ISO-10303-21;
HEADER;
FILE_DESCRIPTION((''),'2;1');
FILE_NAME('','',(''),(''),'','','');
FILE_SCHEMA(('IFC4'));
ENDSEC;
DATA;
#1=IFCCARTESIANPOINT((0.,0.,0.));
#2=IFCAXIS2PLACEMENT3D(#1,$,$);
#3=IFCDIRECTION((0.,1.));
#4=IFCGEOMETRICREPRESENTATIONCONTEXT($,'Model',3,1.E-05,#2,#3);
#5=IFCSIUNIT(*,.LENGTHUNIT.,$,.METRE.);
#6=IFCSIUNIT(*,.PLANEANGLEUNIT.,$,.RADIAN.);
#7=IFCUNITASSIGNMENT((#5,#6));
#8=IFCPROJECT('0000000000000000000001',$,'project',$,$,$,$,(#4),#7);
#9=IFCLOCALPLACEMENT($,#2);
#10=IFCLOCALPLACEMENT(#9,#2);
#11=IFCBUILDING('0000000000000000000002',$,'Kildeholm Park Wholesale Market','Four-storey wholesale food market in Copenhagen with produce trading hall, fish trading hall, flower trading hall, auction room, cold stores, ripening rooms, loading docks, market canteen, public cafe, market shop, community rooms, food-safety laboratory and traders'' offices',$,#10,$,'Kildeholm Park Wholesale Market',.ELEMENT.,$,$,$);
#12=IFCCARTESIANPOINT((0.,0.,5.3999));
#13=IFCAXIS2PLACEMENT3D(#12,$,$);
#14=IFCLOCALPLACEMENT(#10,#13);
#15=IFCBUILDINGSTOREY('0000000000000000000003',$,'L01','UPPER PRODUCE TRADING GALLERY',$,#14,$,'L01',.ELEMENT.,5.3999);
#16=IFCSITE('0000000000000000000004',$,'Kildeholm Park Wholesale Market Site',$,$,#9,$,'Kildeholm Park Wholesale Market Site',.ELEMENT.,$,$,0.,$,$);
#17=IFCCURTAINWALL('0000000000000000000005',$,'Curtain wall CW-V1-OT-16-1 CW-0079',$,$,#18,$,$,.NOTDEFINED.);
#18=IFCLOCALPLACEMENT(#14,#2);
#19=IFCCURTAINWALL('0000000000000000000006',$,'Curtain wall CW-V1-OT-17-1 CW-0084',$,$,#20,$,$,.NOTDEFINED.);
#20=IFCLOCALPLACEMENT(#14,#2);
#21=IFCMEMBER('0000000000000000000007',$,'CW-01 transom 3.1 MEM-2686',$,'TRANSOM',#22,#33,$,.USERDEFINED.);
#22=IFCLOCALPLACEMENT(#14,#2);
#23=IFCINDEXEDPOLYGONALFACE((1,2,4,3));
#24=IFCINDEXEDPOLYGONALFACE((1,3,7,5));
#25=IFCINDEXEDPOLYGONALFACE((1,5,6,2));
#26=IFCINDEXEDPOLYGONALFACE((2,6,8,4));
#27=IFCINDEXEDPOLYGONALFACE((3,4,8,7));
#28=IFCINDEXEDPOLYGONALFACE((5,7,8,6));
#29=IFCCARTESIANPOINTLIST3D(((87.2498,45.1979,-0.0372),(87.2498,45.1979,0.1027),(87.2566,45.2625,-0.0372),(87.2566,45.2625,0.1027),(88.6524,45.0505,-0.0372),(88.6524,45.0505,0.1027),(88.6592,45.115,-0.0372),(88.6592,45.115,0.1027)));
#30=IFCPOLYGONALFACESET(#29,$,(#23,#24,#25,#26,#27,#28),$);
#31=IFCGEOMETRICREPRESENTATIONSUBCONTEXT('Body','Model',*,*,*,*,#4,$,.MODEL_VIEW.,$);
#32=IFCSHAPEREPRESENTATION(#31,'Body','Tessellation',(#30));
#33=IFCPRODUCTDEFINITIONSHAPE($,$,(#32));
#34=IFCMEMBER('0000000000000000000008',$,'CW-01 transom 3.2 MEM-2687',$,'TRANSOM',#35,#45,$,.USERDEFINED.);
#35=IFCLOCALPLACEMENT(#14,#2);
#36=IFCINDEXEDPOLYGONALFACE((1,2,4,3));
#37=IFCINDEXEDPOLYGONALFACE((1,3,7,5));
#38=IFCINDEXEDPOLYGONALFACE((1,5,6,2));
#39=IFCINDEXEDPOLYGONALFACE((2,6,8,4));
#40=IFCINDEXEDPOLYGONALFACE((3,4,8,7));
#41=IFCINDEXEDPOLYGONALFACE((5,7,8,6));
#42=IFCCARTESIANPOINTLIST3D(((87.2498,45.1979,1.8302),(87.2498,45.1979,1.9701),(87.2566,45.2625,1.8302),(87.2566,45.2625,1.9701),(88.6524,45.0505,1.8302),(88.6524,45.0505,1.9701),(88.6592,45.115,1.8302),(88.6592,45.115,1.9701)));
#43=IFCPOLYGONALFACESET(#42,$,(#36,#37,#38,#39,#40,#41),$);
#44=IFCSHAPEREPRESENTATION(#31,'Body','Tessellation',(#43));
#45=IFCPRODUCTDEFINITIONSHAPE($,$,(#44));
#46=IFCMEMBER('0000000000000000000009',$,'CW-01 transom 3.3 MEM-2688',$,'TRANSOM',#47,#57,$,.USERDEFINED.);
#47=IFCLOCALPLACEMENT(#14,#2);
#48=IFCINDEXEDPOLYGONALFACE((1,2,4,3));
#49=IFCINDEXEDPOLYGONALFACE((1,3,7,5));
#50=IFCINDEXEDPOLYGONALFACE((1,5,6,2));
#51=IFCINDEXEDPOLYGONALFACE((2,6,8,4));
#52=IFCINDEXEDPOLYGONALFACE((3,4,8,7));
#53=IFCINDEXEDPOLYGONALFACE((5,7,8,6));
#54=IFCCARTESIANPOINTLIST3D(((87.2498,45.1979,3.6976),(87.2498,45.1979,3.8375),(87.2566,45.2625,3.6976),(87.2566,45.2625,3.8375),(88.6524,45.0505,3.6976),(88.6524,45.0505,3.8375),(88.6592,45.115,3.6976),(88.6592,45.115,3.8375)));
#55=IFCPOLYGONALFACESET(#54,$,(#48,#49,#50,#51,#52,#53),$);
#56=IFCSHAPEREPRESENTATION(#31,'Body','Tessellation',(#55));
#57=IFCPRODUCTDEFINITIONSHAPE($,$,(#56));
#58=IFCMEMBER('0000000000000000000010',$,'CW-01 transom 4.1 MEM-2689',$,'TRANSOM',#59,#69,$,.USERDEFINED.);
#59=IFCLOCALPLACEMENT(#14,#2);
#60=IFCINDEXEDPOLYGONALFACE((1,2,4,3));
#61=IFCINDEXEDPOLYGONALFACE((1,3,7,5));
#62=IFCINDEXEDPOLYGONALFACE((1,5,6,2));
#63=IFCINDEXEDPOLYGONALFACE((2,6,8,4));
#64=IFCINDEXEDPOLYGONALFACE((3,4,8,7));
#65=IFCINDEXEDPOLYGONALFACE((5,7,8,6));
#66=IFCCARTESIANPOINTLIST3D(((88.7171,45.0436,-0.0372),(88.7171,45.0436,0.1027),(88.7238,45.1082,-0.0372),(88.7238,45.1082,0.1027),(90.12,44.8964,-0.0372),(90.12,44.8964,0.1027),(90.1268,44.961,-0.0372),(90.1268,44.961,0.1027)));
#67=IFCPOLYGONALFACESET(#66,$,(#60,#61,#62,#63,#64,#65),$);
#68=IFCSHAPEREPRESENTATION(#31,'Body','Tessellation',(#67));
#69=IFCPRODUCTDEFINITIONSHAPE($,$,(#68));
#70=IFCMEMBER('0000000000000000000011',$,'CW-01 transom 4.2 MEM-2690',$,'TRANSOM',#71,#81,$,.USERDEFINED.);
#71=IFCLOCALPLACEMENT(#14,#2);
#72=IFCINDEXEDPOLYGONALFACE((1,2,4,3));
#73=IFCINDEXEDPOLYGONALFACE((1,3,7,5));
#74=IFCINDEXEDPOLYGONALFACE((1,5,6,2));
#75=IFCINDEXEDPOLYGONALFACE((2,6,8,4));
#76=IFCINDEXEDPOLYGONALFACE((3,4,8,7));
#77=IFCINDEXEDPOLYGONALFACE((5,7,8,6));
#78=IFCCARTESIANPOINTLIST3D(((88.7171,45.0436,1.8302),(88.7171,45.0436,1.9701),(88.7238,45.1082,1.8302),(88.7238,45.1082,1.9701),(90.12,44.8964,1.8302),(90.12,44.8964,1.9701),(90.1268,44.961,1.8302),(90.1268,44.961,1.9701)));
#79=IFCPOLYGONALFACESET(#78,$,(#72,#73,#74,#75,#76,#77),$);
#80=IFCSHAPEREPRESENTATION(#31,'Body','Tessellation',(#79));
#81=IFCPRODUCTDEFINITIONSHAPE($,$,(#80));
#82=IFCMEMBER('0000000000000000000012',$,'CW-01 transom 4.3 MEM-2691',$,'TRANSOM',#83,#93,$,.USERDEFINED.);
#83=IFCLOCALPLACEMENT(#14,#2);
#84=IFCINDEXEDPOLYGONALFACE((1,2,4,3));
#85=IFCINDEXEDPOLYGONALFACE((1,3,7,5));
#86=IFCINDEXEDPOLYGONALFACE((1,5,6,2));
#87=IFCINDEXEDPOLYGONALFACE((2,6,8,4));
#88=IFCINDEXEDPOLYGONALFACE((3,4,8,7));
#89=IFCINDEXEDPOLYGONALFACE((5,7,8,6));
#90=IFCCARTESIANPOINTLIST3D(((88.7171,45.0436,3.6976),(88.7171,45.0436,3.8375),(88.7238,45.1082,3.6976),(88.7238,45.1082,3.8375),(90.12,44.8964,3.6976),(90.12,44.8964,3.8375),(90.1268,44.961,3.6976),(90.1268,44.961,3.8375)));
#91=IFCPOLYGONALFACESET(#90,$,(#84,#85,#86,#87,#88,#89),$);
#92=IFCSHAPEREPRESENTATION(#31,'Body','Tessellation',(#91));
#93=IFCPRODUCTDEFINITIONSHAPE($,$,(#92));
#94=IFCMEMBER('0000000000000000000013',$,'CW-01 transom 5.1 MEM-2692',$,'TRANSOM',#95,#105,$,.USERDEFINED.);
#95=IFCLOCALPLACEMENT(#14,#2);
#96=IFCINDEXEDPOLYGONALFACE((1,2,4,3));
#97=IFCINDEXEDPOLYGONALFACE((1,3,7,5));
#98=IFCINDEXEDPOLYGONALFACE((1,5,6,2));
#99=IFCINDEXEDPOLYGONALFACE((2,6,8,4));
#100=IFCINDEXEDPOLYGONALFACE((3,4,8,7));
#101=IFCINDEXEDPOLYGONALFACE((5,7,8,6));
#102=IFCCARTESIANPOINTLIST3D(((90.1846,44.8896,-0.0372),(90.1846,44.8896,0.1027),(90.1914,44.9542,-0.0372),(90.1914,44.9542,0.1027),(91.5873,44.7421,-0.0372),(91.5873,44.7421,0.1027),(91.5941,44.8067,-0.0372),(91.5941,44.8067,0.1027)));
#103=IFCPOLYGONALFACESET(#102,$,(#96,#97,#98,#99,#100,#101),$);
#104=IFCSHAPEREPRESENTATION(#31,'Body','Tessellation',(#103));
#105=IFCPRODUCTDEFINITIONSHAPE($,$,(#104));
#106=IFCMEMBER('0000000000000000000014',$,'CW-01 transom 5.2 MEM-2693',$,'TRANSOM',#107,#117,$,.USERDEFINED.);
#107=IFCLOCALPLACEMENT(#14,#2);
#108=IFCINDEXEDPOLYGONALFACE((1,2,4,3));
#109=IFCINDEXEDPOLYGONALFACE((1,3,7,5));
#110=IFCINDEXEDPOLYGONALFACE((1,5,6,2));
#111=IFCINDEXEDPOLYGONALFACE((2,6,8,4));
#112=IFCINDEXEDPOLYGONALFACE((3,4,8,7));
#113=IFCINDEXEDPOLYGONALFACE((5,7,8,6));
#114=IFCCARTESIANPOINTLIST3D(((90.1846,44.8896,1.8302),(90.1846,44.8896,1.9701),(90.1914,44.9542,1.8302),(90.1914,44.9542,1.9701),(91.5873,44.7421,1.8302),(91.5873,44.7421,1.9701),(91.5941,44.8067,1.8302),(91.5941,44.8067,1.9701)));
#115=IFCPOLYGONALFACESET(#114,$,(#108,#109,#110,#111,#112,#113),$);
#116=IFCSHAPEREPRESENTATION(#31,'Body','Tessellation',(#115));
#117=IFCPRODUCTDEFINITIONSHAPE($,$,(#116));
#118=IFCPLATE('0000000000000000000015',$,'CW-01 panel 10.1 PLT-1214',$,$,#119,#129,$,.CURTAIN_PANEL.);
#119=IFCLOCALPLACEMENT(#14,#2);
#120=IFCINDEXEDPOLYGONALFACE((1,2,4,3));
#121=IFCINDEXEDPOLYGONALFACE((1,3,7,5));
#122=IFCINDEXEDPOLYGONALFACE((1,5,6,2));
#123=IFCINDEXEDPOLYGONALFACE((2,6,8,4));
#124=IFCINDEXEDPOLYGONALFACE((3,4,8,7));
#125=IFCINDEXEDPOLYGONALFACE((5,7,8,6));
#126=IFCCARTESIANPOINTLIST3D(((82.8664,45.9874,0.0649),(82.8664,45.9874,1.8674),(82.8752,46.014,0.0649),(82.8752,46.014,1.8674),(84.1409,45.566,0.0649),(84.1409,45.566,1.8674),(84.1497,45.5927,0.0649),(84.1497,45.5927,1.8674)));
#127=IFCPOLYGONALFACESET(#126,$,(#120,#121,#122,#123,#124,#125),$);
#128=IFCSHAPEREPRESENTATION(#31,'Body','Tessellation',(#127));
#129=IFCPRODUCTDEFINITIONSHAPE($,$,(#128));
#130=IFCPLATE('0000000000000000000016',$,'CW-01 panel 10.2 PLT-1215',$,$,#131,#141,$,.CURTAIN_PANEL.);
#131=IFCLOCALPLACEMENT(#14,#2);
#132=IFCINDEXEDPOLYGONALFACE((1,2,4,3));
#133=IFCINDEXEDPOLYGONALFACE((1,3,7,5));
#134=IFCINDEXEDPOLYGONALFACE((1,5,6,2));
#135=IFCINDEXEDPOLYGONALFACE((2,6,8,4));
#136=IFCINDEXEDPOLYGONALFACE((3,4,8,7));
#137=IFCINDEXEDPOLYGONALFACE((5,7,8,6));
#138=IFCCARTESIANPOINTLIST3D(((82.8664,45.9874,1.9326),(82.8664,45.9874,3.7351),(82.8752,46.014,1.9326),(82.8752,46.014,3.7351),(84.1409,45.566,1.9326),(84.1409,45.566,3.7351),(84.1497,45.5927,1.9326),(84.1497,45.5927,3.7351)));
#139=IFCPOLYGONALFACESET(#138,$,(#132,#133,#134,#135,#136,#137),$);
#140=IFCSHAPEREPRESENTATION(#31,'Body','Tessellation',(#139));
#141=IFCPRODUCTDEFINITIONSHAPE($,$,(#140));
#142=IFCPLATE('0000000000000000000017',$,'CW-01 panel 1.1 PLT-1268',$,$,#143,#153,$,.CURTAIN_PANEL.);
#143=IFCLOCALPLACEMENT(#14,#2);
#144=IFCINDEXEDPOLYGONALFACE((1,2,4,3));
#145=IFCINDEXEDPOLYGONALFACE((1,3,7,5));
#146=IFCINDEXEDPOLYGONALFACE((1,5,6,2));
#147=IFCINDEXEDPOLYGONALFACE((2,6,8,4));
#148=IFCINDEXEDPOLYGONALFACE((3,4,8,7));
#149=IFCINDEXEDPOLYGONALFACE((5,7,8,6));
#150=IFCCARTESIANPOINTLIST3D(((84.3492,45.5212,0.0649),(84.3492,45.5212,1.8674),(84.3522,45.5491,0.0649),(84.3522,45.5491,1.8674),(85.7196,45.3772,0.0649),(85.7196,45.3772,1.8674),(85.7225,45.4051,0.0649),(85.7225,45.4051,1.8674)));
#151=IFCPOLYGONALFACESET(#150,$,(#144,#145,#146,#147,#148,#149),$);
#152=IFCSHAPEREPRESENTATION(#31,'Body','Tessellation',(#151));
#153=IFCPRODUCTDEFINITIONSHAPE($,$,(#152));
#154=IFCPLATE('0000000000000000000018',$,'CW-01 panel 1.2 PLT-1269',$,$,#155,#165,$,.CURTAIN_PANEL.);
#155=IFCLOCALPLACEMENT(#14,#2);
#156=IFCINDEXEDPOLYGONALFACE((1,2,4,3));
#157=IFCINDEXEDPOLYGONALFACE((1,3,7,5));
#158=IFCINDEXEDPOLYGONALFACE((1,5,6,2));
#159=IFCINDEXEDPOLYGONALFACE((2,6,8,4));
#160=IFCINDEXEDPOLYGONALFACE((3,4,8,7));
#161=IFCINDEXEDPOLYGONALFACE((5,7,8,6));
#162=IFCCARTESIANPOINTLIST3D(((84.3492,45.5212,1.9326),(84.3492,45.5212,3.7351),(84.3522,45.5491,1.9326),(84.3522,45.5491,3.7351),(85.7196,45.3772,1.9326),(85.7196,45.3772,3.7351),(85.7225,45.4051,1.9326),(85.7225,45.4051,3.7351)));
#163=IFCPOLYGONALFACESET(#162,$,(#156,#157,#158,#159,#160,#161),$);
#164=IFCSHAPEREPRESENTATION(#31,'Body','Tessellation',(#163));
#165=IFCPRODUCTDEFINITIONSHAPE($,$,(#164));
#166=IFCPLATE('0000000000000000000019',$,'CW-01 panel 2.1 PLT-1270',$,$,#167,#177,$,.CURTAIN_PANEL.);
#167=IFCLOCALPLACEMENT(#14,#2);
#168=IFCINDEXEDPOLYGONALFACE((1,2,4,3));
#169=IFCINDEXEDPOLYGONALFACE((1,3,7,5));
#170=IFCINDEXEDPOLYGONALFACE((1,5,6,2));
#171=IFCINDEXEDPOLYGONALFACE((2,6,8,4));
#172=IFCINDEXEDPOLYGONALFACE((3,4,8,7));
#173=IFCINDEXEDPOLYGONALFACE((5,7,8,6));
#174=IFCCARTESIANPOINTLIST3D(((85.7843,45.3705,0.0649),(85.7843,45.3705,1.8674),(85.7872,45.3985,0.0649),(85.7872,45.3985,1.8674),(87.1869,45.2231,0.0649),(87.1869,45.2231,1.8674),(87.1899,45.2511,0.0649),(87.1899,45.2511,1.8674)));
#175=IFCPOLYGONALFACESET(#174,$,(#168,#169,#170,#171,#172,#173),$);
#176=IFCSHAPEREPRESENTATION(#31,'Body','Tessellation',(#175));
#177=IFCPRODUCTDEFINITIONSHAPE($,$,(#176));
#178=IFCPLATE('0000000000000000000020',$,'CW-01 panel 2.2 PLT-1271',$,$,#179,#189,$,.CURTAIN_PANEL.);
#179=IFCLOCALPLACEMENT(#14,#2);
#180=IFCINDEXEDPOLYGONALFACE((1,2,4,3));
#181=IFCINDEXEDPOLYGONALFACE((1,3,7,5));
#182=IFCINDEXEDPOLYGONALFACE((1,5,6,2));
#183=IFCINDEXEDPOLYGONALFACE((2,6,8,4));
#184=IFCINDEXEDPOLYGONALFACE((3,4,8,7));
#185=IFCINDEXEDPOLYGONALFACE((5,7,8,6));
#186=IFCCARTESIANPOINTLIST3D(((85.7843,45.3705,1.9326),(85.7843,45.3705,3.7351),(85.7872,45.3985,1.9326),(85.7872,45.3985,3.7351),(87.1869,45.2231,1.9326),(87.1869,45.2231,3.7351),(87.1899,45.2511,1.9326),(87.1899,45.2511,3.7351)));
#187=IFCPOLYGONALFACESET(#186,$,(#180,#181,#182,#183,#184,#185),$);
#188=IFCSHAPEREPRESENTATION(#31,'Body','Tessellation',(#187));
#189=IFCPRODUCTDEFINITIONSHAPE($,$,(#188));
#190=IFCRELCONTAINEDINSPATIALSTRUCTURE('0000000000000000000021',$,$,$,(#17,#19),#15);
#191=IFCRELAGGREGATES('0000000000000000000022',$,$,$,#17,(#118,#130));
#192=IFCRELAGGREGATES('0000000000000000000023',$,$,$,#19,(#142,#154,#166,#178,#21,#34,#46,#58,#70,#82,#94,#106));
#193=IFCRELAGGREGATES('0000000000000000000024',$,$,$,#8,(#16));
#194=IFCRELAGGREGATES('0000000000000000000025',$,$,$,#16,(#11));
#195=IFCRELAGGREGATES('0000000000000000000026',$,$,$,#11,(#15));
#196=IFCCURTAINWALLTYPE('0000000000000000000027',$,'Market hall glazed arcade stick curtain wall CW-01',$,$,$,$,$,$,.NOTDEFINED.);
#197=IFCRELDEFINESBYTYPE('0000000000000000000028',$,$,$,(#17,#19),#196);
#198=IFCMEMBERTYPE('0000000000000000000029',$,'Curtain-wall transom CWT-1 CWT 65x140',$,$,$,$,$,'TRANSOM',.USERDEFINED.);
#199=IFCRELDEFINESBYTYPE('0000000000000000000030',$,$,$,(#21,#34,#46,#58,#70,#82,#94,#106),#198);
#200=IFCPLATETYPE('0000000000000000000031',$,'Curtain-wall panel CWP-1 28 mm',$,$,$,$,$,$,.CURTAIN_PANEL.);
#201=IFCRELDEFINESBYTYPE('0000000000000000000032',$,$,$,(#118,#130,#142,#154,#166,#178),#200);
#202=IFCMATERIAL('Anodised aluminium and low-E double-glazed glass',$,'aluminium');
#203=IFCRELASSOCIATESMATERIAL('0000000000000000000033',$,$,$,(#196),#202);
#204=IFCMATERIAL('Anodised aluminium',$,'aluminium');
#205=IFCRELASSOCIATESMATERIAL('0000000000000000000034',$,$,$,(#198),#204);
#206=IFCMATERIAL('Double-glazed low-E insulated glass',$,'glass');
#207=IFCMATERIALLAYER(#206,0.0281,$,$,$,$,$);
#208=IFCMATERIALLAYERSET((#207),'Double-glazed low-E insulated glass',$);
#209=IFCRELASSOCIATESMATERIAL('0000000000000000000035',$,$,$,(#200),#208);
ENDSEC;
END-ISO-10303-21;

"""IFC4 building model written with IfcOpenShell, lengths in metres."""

from ifc_helpers import new_model, si_unit, direction, frame, origin, origin_2d, place, context, subcontext, project, spatial, rectangle, extrude, material, layer, layer_set, material_profile, profile_set, type_object, element, aggregate, save


model = new_model("IFC4")

# Units and contexts
model_context = context("Model", 3, precision=1e-05, world=origin(), true_north=direction((0.0, 1.0)))
body_context = subcontext(model_context, "Body", "Model", "MODEL_VIEW")
ifc_project = project(units=[si_unit("LENGTHUNIT", "METRE"), si_unit("PLANEANGLEUNIT", "RADIAN")], contexts=[model_context])

# Site, building, storey
site_placement = place(None, origin())
site = spatial("IfcSite", under=ifc_project, at=site_placement, Name="Kildeholm Park Wholesale Market Site", LongName="Kildeholm Park Wholesale Market Site", CompositionType="ELEMENT", RefElevation=0.0)
building_placement = place(site_placement, origin())
building = spatial("IfcBuilding", under=site, at=building_placement, Name="Kildeholm Park Wholesale Market", Description="Four-storey wholesale food market in Copenhagen with produce trading hall, fish trading hall, flower trading hall, auction room, cold stores, ripening rooms, loading docks, market canteen, public cafe, market shop, community rooms, food-safety laboratory and traders' offices", LongName="Kildeholm Park Wholesale Market", CompositionType="ELEMENT")
storey_placement = place(building_placement, frame((0.0, 0.0, 5.3999)))
storey = spatial("IfcBuildingStorey", under=building, at=storey_placement, Name="L01", Description="UPPER PRODUCE TRADING GALLERY", LongName="L01", CompositionType="ELEMENT", Elevation=5.3999)

# Curtain wall
ifc_material_1 = material(Name="Anodised aluminium and low-E double-glazed glass", Category="aluminium")
curtain_wall_type = type_object("IfcCurtainWallType", Name="Market hall glazed arcade stick curtain wall CW-01", PredefinedType="NOTDEFINED", material=ifc_material_1)
curtain_wall_1_placement = place(storey_placement, origin())
curtain_wall_1 = element("IfcCurtainWall", 1, at=curtain_wall_1_placement, inside=storey, type_object=curtain_wall_type, Name="Curtain wall CW-V1-OT-16-1 CW-0079", PredefinedType="NOTDEFINED")
ifc_material_2 = material(Name="Anodised aluminium", Category="aluminium")

# Curtain wall
curtain_wall_2_placement = place(storey_placement, origin())
curtain_wall_2 = element("IfcCurtainWall", 2, at=curtain_wall_2_placement, inside=storey, type_object=curtain_wall_type, Name="Curtain wall CW-V1-OT-17-1 CW-0084", PredefinedType="NOTDEFINED")

# Members
ifc_material_profile_1 = material_profile(ifc_material_2, rectangle(XDim=0.0649, YDim=0.1399, at=origin_2d()), Name="CWT 65x140")
ifc_profile_set_1 = profile_set([ifc_material_profile_1], Name="Anodised aluminium")
member_type_1 = type_object("IfcMemberType", Name="Curtain-wall transom CWT-1 CWT 65x140", ElementType="TRANSOM", PredefinedType="USERDEFINED", material=ifc_profile_set_1)
member_1_placement = place(storey_placement, frame((87.2532, 45.2302, 0.0327), z_axis=(0.994519, -0.104559, 0.0), x_axis=(0.104559, 0.994519, 0.0)))
member_1 = element("IfcMember", 3, at=member_1_placement, type_object=member_type_1, Name="CW-01 transom 3.1 MEM-2686", ObjectType="TRANSOM", PredefinedType="USERDEFINED", context=body_context, shape_type="SweptSolid", body=[
    extrude(rectangle(XDim=0.0649, YDim=0.1399, at=origin_2d()), origin(), (0.0, 0.0, 1.0), 1.4104),
])
member_2_placement = place(storey_placement, frame((87.2532, 45.2302, 1.9001), z_axis=(0.994519, -0.104559, 0.0), x_axis=(0.104559, 0.994519, 0.0)))
member_2 = element("IfcMember", 4, at=member_2_placement, type_object=member_type_1, Name="CW-01 transom 3.2 MEM-2687", ObjectType="TRANSOM", PredefinedType="USERDEFINED", context=body_context, shape_type="SweptSolid", body=[
    extrude(rectangle(XDim=0.0649, YDim=0.1399, at=origin_2d()), origin(), (0.0, 0.0, 1.0), 1.4104),
])
member_3_placement = place(storey_placement, frame((87.2532, 45.2302, 3.7676), z_axis=(0.994519, -0.104559, 0.0), x_axis=(0.104559, 0.994519, 0.0)))
member_3 = element("IfcMember", 5, at=member_3_placement, type_object=member_type_1, Name="CW-01 transom 3.3 MEM-2688", ObjectType="TRANSOM", PredefinedType="USERDEFINED", context=body_context, shape_type="SweptSolid", body=[
    extrude(rectangle(XDim=0.0649, YDim=0.1399, at=origin_2d()), origin(), (0.0, 0.0, 1.0), 1.4104),
])
member_4_placement = place(storey_placement, frame((88.7205, 45.0759, 0.0327), z_axis=(0.994539, -0.104369, 0.0), x_axis=(0.104369, 0.994539, 0.0)))
member_4 = element("IfcMember", 6, at=member_4_placement, type_object=member_type_1, Name="CW-01 transom 4.1 MEM-2689", ObjectType="TRANSOM", PredefinedType="USERDEFINED", context=body_context, shape_type="SweptSolid", body=[
    extrude(rectangle(XDim=0.0649, YDim=0.1399, at=origin_2d()), origin(), (0.0, 0.0, 1.0), 1.4106),
])
member_5_placement = place(storey_placement, frame((88.7205, 45.0759, 1.9001), z_axis=(0.994539, -0.104369, 0.0), x_axis=(0.104369, 0.994539, 0.0)))
member_5 = element("IfcMember", 7, at=member_5_placement, type_object=member_type_1, Name="CW-01 transom 4.2 MEM-2690", ObjectType="TRANSOM", PredefinedType="USERDEFINED", context=body_context, shape_type="SweptSolid", body=[
    extrude(rectangle(XDim=0.0649, YDim=0.1399, at=origin_2d()), origin(), (0.0, 0.0, 1.0), 1.4106),
])
member_6_placement = place(storey_placement, frame((88.7205, 45.0759, 3.7676), z_axis=(0.994539, -0.104369, 0.0), x_axis=(0.104369, 0.994539, 0.0)))
member_6 = element("IfcMember", 8, at=member_6_placement, type_object=member_type_1, Name="CW-01 transom 4.3 MEM-2691", ObjectType="TRANSOM", PredefinedType="USERDEFINED", context=body_context, shape_type="SweptSolid", body=[
    extrude(rectangle(XDim=0.0649, YDim=0.1399, at=origin_2d()), origin(), (0.0, 0.0, 1.0), 1.4106),
])
member_7_placement = place(storey_placement, frame((90.188, 44.9219, 0.0327), z_axis=(0.994519, -0.104559, 0.0), x_axis=(0.104559, 0.994519, 0.0)))
member_7 = element("IfcMember", 9, at=member_7_placement, type_object=member_type_1, Name="CW-01 transom 5.1 MEM-2692", ObjectType="TRANSOM", PredefinedType="USERDEFINED", context=body_context, shape_type="SweptSolid", body=[
    extrude(rectangle(XDim=0.0649, YDim=0.1399, at=origin_2d()), origin(), (0.0, 0.0, 1.0), 1.4104),
])
member_8_placement = place(storey_placement, frame((90.188, 44.9219, 1.9001), z_axis=(0.994519, -0.104559, 0.0), x_axis=(0.104559, 0.994519, 0.0)))
member_8 = element("IfcMember", 10, at=member_8_placement, type_object=member_type_1, Name="CW-01 transom 5.2 MEM-2693", ObjectType="TRANSOM", PredefinedType="USERDEFINED", context=body_context, shape_type="SweptSolid", body=[
    extrude(rectangle(XDim=0.0649, YDim=0.1399, at=origin_2d()), origin(), (0.0, 0.0, 1.0), 1.4104),
])

# Plates
ifc_material_3 = material(Name="Double-glazed low-E insulated glass", Category="glass")
ifc_layer = layer(ifc_material_3, 0.0281)
ifc_layer_set = layer_set([ifc_layer], Name="Double-glazed low-E insulated glass")
plate_type = type_object("IfcPlateType", Name="Curtain-wall panel CWP-1 28 mm", PredefinedType="CURTAIN_PANEL", material=ifc_layer_set)
plate_1_placement = place(storey_placement, frame((83.5081, 45.79, 0.0649), z_axis=(0.0, 0.0, 1.0), x_axis=(0.949451, -0.313914, 0.0)))
plate_1 = element("IfcPlate", 11, at=plate_1_placement, type_object=plate_type, Name="CW-01 panel 10.1 PLT-1214", PredefinedType="CURTAIN_PANEL", context=body_context, shape_type="SweptSolid", body=[
    extrude(rectangle(XDim=1.3423, YDim=0.0281, at=origin_2d()), origin(), (0.0, 0.0, 1.0), 1.8025),
])
plate_2_placement = place(storey_placement, frame((83.5081, 45.79, 1.9326), z_axis=(0.0, 0.0, 1.0), x_axis=(0.949451, -0.313914, 0.0)))
plate_2 = element("IfcPlate", 12, at=plate_2_placement, type_object=plate_type, Name="CW-01 panel 10.2 PLT-1215", PredefinedType="CURTAIN_PANEL", context=body_context, shape_type="SweptSolid", body=[
    extrude(rectangle(XDim=1.3423, YDim=0.0281, at=origin_2d()), origin(), (0.0, 0.0, 1.0), 1.8025),
])
aggregate(curtain_wall_1, [plate_1, plate_2])
plate_3_placement = place(storey_placement, frame((85.0359, 45.4631, 0.0649), z_axis=(0.0, 0.0, 1.0), x_axis=(0.994524, -0.104508, 0.0)))
plate_3 = element("IfcPlate", 13, at=plate_3_placement, type_object=plate_type, Name="CW-01 panel 1.1 PLT-1268", PredefinedType="CURTAIN_PANEL", context=body_context, shape_type="SweptSolid", body=[
    extrude(rectangle(XDim=1.3779, YDim=0.0281, at=origin_2d()), origin(), (0.0, 0.0, 1.0), 1.8025),
])
plate_4_placement = place(storey_placement, frame((85.0359, 45.4631, 1.9326), z_axis=(0.0, 0.0, 1.0), x_axis=(0.994524, -0.104508, 0.0)))
plate_4 = element("IfcPlate", 14, at=plate_4_placement, type_object=plate_type, Name="CW-01 panel 1.2 PLT-1269", PredefinedType="CURTAIN_PANEL", context=body_context, shape_type="SweptSolid", body=[
    extrude(rectangle(XDim=1.3779, YDim=0.0281, at=origin_2d()), origin(), (0.0, 0.0, 1.0), 1.8025),
])
plate_5_placement = place(storey_placement, frame((86.4871, 45.3108, 0.0649), z_axis=(0.0, 0.0, 1.0), x_axis=(0.994524, -0.104508, 0.0)))
plate_5 = element("IfcPlate", 15, at=plate_5_placement, type_object=plate_type, Name="CW-01 panel 2.1 PLT-1270", PredefinedType="CURTAIN_PANEL", context=body_context, shape_type="SweptSolid", body=[
    extrude(rectangle(XDim=1.4104, YDim=0.0281, at=origin_2d()), origin(), (0.0, 0.0, 1.0), 1.8025),
])
plate_6_placement = place(storey_placement, frame((86.4871, 45.3108, 1.9326), z_axis=(0.0, 0.0, 1.0), x_axis=(0.994524, -0.104508, 0.0)))
plate_6 = element("IfcPlate", 16, at=plate_6_placement, type_object=plate_type, Name="CW-01 panel 2.2 PLT-1271", PredefinedType="CURTAIN_PANEL", context=body_context, shape_type="SweptSolid", body=[
    extrude(rectangle(XDim=1.4104, YDim=0.0281, at=origin_2d()), origin(), (0.0, 0.0, 1.0), 1.8025),
])
aggregate(curtain_wall_2, [plate_3, plate_4, plate_5, plate_6, member_1, member_2, member_3, member_4, member_5, member_6, member_7, member_8])

save(model, "model.ifc")
